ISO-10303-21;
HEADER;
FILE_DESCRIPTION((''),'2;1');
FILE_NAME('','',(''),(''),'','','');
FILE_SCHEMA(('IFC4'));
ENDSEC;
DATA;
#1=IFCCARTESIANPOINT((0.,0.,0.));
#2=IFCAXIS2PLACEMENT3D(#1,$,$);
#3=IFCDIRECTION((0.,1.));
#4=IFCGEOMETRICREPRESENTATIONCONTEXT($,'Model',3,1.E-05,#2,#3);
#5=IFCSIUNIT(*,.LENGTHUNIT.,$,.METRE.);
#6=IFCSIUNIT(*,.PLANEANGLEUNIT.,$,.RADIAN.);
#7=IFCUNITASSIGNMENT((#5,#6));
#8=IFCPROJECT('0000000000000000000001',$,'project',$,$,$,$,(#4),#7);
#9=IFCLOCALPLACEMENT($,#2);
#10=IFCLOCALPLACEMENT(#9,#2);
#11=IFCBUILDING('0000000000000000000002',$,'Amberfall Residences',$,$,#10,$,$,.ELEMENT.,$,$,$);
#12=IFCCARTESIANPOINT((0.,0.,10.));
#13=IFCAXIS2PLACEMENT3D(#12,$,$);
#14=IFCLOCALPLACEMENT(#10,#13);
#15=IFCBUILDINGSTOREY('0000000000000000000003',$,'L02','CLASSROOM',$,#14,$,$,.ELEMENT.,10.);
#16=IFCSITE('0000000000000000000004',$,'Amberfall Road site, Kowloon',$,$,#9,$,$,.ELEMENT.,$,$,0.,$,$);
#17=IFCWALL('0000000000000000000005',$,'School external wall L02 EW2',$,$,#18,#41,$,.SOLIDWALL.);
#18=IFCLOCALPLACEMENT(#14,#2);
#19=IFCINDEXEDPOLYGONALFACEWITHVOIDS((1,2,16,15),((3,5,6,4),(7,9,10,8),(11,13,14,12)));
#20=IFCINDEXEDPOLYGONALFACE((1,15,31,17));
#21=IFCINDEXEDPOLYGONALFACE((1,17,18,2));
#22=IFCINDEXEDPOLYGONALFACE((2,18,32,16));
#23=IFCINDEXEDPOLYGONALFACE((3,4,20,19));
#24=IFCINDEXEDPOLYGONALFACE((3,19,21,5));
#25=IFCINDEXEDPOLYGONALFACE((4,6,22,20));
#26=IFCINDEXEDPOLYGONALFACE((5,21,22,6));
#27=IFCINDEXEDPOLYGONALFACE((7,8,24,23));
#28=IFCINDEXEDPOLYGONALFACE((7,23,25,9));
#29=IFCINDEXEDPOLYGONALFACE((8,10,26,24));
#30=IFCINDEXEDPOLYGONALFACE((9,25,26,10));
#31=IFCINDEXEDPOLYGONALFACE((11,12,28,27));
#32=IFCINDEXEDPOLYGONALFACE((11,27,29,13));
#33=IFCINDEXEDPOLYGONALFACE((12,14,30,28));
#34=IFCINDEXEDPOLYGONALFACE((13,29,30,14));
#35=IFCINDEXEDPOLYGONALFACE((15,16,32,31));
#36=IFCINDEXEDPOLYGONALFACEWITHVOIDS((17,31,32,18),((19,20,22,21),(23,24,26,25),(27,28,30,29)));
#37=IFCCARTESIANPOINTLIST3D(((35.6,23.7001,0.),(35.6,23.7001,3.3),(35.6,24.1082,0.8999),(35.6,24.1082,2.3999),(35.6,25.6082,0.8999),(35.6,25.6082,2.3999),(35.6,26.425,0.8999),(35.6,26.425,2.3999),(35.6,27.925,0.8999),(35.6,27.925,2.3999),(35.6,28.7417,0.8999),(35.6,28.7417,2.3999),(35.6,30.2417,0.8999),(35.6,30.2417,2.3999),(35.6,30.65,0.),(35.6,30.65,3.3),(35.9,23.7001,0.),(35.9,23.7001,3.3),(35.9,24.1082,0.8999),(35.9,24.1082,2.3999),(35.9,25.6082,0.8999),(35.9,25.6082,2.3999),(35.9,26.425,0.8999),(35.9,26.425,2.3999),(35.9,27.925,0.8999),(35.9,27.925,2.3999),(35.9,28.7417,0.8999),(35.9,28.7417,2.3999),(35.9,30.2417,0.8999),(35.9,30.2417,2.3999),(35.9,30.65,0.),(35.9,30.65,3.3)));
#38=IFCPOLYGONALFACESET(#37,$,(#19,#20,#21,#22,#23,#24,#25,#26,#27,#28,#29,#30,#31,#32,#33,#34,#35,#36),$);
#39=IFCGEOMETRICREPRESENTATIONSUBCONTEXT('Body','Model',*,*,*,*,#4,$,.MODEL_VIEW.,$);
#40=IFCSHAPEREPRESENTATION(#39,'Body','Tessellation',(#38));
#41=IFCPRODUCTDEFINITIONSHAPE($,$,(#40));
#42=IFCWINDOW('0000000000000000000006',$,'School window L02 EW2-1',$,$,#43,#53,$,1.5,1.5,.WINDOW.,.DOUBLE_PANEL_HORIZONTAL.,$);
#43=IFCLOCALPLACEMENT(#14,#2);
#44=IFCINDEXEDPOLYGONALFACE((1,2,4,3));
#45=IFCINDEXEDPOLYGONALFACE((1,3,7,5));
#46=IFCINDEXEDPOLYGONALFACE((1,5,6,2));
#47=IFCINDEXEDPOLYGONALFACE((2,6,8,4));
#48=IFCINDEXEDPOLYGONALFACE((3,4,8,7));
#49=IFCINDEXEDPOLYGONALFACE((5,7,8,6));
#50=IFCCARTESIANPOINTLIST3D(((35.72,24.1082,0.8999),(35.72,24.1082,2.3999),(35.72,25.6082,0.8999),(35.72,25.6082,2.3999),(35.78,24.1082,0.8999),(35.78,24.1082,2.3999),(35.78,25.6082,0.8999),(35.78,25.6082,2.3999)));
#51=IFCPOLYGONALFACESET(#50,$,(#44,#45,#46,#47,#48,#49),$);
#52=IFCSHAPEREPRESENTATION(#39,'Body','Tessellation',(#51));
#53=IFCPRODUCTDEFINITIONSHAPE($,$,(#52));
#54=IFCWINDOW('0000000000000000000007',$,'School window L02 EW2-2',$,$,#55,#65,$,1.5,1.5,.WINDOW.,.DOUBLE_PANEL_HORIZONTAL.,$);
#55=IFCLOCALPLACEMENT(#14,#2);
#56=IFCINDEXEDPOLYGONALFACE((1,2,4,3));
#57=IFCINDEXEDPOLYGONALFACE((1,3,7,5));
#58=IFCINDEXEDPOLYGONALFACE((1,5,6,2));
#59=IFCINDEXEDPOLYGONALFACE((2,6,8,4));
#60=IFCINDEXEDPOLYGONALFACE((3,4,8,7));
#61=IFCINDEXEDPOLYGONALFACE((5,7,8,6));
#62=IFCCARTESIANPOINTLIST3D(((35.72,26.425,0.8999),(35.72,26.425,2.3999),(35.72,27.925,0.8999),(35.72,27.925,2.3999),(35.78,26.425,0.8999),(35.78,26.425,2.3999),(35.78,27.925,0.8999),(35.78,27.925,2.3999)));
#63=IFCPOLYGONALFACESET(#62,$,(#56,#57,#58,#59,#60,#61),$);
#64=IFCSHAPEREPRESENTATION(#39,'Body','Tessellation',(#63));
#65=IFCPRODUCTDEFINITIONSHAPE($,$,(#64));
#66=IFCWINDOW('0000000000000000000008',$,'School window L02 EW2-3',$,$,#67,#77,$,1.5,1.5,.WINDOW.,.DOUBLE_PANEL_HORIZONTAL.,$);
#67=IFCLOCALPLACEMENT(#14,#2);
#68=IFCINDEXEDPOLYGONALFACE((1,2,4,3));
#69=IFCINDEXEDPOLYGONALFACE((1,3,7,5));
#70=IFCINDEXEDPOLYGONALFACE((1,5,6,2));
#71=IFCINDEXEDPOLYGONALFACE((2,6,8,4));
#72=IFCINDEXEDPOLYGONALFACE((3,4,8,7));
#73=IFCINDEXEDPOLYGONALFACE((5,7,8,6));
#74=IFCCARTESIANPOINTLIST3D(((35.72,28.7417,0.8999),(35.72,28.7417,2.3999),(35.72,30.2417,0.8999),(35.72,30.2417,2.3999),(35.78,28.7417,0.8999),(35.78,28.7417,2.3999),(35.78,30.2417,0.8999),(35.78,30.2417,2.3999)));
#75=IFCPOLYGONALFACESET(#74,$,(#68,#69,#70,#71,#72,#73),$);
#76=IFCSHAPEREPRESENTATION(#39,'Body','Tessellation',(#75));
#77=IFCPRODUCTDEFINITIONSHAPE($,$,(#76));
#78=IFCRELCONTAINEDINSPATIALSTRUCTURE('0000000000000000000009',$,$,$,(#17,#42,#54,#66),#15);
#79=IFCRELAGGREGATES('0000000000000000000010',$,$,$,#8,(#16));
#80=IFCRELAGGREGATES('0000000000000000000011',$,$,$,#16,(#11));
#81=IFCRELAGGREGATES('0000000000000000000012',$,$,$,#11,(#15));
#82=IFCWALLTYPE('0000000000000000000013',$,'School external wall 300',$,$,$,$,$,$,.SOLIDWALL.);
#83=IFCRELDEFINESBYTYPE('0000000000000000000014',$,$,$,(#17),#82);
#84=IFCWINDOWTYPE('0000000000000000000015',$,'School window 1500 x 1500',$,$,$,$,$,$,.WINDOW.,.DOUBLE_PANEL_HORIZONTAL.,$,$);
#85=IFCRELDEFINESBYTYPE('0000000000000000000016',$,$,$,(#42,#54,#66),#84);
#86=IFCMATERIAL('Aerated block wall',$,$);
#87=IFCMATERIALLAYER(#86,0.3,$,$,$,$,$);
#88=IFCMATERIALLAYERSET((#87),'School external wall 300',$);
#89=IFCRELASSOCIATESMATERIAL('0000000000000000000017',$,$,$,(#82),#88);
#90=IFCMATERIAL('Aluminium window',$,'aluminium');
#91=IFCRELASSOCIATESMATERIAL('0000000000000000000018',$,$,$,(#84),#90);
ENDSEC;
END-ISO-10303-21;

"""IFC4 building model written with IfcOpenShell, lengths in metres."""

from ifc_helpers import new_model, si_unit, direction, frame, frame_2d, origin, place, context, subcontext, project, spatial, rectangle, extrude, material, layer, layer_set, type_object, element, fill, save


model = new_model("IFC4")

# Units and contexts
model_context = context("Model", 3, precision=1e-05, world=origin(), true_north=direction((0.0, 1.0)))
body_context = subcontext(model_context, "Body", "Model", "MODEL_VIEW")
ifc_project = project(units=[si_unit("LENGTHUNIT", "METRE"), si_unit("PLANEANGLEUNIT", "RADIAN")], contexts=[model_context])

# Site, building, storey
site_placement = place(None, origin())
site = spatial("IfcSite", under=ifc_project, at=site_placement, Name="Amberfall Road site, Kowloon", CompositionType="ELEMENT", RefElevation=0.0)
building_placement = place(site_placement, origin())
building = spatial("IfcBuilding", under=site, at=building_placement, Name="Amberfall Residences", CompositionType="ELEMENT")
storey_placement = place(building_placement, frame((0.0, 0.0, 10.0)))
storey = spatial("IfcBuildingStorey", under=building, at=storey_placement, Name="L02", Description="CLASSROOM", CompositionType="ELEMENT", Elevation=10.0)

# Wall, openings, windows
ifc_material_1 = material(Name="Aerated block wall")
ifc_layer_1 = layer(ifc_material_1, 0.3)
ifc_layer_set_1 = layer_set([ifc_layer_1], Name="School external wall 300")
wall_type = type_object("IfcWallType", Name="School external wall 300", PredefinedType="SOLIDWALL", material=ifc_layer_set_1)
ifc_material_2 = material(Name="Aluminium window", Category="aluminium")
window_type = type_object("IfcWindowType", Name="School window 1500 x 1500", PartitioningType="DOUBLE_PANEL_HORIZONTAL", PredefinedType="WINDOW", material=ifc_material_2)
wall_1_placement = place(storey_placement, frame((35.75, 23.7, 0.0), z_axis=(0.0, 0.0, 1.0), x_axis=(0.0, 1.0, 0.0)))
wall_1 = element("IfcWall", 1, at=wall_1_placement, inside=storey, type_object=wall_type, Name="School external wall L02 EW2", PredefinedType="SOLIDWALL", context=body_context, shape_type="SweptSolid", body=[
    extrude(rectangle(XDim=6.95, YDim=0.3, at=frame_2d((3.4751, 0.0))), origin(), (0.0, 0.0, 1.0), 3.3),
])
opening_1_placement = place(wall_1_placement, frame((0.4082, 0.0, 0.8999)))
opening_1 = element("IfcOpeningElement", 2, at=opening_1_placement, cuts=wall_1, PredefinedType="OPENING", context=body_context, shape_type="SweptSolid", body=[
    extrude(rectangle(XDim=1.5, YDim=1.5, at=frame_2d((0.75, 0.75))), frame((0.0, 0.1599, 0.0), z_axis=(0.0, -1.0, 0.0), x_axis=(1.0, 0.0, 0.0)), (0.0, 0.0, 1.0), 0.3201),
])
opening_2_placement = place(wall_1_placement, frame((2.7251, 0.0, 0.8999)))
opening_2 = element("IfcOpeningElement", 3, at=opening_2_placement, cuts=wall_1, PredefinedType="OPENING", context=body_context, shape_type="SweptSolid", body=[
    extrude(rectangle(XDim=1.5, YDim=1.5, at=frame_2d((0.75, 0.75))), frame((0.0, 0.1599, 0.0), z_axis=(0.0, -1.0, 0.0), x_axis=(1.0, 0.0, 0.0)), (0.0, 0.0, 1.0), 0.3201),
])
opening_3_placement = place(wall_1_placement, frame((5.0417, 0.0, 0.8999)))
opening_3 = element("IfcOpeningElement", 4, at=opening_3_placement, cuts=wall_1, PredefinedType="OPENING", context=body_context, shape_type="SweptSolid", body=[
    extrude(rectangle(XDim=1.5, YDim=1.5, at=frame_2d((0.75, 0.75))), frame((0.0, 0.1599, 0.0), z_axis=(0.0, -1.0, 0.0), x_axis=(1.0, 0.0, 0.0)), (0.0, 0.0, 1.0), 0.3201),
])
window_1_placement = place(opening_1_placement, origin())
window_1 = element("IfcWindow", 5, at=window_1_placement, inside=storey, type_object=window_type, Name="School window L02 EW2-1", OverallHeight=1.5, OverallWidth=1.5, PartitioningType="DOUBLE_PANEL_HORIZONTAL", PredefinedType="WINDOW", context=body_context, shape_type="SweptSolid", body=[
    extrude(rectangle(XDim=1.5, YDim=1.5, at=frame_2d((0.75, 0.75))), frame((0.0, 0.03, 0.0), z_axis=(0.0, -1.0, 0.0), x_axis=(1.0, 0.0, 0.0)), (0.0, 0.0, 1.0), 0.0601),
])
fill(opening_1, window_1)
window_2_placement = place(opening_2_placement, origin())
window_2 = element("IfcWindow", 6, at=window_2_placement, inside=storey, type_object=window_type, Name="School window L02 EW2-2", OverallHeight=1.5, OverallWidth=1.5, PartitioningType="DOUBLE_PANEL_HORIZONTAL", PredefinedType="WINDOW", context=body_context, shape_type="SweptSolid", body=[
    extrude(rectangle(XDim=1.5, YDim=1.5, at=frame_2d((0.75, 0.75))), frame((0.0, 0.03, 0.0), z_axis=(0.0, -1.0, 0.0), x_axis=(1.0, 0.0, 0.0)), (0.0, 0.0, 1.0), 0.0601),
])
fill(opening_2, window_2)
window_3_placement = place(opening_3_placement, origin())
window_3 = element("IfcWindow", 7, at=window_3_placement, inside=storey, type_object=window_type, Name="School window L02 EW2-3", OverallHeight=1.5, OverallWidth=1.5, PartitioningType="DOUBLE_PANEL_HORIZONTAL", PredefinedType="WINDOW", context=body_context, shape_type="SweptSolid", body=[
    extrude(rectangle(XDim=1.5, YDim=1.5, at=frame_2d((0.75, 0.75))), frame((0.0, 0.03, 0.0), z_axis=(0.0, -1.0, 0.0), x_axis=(1.0, 0.0, 0.0)), (0.0, 0.0, 1.0), 0.0601),
])
fill(opening_3, window_3)

save(model, "model.ifc")
